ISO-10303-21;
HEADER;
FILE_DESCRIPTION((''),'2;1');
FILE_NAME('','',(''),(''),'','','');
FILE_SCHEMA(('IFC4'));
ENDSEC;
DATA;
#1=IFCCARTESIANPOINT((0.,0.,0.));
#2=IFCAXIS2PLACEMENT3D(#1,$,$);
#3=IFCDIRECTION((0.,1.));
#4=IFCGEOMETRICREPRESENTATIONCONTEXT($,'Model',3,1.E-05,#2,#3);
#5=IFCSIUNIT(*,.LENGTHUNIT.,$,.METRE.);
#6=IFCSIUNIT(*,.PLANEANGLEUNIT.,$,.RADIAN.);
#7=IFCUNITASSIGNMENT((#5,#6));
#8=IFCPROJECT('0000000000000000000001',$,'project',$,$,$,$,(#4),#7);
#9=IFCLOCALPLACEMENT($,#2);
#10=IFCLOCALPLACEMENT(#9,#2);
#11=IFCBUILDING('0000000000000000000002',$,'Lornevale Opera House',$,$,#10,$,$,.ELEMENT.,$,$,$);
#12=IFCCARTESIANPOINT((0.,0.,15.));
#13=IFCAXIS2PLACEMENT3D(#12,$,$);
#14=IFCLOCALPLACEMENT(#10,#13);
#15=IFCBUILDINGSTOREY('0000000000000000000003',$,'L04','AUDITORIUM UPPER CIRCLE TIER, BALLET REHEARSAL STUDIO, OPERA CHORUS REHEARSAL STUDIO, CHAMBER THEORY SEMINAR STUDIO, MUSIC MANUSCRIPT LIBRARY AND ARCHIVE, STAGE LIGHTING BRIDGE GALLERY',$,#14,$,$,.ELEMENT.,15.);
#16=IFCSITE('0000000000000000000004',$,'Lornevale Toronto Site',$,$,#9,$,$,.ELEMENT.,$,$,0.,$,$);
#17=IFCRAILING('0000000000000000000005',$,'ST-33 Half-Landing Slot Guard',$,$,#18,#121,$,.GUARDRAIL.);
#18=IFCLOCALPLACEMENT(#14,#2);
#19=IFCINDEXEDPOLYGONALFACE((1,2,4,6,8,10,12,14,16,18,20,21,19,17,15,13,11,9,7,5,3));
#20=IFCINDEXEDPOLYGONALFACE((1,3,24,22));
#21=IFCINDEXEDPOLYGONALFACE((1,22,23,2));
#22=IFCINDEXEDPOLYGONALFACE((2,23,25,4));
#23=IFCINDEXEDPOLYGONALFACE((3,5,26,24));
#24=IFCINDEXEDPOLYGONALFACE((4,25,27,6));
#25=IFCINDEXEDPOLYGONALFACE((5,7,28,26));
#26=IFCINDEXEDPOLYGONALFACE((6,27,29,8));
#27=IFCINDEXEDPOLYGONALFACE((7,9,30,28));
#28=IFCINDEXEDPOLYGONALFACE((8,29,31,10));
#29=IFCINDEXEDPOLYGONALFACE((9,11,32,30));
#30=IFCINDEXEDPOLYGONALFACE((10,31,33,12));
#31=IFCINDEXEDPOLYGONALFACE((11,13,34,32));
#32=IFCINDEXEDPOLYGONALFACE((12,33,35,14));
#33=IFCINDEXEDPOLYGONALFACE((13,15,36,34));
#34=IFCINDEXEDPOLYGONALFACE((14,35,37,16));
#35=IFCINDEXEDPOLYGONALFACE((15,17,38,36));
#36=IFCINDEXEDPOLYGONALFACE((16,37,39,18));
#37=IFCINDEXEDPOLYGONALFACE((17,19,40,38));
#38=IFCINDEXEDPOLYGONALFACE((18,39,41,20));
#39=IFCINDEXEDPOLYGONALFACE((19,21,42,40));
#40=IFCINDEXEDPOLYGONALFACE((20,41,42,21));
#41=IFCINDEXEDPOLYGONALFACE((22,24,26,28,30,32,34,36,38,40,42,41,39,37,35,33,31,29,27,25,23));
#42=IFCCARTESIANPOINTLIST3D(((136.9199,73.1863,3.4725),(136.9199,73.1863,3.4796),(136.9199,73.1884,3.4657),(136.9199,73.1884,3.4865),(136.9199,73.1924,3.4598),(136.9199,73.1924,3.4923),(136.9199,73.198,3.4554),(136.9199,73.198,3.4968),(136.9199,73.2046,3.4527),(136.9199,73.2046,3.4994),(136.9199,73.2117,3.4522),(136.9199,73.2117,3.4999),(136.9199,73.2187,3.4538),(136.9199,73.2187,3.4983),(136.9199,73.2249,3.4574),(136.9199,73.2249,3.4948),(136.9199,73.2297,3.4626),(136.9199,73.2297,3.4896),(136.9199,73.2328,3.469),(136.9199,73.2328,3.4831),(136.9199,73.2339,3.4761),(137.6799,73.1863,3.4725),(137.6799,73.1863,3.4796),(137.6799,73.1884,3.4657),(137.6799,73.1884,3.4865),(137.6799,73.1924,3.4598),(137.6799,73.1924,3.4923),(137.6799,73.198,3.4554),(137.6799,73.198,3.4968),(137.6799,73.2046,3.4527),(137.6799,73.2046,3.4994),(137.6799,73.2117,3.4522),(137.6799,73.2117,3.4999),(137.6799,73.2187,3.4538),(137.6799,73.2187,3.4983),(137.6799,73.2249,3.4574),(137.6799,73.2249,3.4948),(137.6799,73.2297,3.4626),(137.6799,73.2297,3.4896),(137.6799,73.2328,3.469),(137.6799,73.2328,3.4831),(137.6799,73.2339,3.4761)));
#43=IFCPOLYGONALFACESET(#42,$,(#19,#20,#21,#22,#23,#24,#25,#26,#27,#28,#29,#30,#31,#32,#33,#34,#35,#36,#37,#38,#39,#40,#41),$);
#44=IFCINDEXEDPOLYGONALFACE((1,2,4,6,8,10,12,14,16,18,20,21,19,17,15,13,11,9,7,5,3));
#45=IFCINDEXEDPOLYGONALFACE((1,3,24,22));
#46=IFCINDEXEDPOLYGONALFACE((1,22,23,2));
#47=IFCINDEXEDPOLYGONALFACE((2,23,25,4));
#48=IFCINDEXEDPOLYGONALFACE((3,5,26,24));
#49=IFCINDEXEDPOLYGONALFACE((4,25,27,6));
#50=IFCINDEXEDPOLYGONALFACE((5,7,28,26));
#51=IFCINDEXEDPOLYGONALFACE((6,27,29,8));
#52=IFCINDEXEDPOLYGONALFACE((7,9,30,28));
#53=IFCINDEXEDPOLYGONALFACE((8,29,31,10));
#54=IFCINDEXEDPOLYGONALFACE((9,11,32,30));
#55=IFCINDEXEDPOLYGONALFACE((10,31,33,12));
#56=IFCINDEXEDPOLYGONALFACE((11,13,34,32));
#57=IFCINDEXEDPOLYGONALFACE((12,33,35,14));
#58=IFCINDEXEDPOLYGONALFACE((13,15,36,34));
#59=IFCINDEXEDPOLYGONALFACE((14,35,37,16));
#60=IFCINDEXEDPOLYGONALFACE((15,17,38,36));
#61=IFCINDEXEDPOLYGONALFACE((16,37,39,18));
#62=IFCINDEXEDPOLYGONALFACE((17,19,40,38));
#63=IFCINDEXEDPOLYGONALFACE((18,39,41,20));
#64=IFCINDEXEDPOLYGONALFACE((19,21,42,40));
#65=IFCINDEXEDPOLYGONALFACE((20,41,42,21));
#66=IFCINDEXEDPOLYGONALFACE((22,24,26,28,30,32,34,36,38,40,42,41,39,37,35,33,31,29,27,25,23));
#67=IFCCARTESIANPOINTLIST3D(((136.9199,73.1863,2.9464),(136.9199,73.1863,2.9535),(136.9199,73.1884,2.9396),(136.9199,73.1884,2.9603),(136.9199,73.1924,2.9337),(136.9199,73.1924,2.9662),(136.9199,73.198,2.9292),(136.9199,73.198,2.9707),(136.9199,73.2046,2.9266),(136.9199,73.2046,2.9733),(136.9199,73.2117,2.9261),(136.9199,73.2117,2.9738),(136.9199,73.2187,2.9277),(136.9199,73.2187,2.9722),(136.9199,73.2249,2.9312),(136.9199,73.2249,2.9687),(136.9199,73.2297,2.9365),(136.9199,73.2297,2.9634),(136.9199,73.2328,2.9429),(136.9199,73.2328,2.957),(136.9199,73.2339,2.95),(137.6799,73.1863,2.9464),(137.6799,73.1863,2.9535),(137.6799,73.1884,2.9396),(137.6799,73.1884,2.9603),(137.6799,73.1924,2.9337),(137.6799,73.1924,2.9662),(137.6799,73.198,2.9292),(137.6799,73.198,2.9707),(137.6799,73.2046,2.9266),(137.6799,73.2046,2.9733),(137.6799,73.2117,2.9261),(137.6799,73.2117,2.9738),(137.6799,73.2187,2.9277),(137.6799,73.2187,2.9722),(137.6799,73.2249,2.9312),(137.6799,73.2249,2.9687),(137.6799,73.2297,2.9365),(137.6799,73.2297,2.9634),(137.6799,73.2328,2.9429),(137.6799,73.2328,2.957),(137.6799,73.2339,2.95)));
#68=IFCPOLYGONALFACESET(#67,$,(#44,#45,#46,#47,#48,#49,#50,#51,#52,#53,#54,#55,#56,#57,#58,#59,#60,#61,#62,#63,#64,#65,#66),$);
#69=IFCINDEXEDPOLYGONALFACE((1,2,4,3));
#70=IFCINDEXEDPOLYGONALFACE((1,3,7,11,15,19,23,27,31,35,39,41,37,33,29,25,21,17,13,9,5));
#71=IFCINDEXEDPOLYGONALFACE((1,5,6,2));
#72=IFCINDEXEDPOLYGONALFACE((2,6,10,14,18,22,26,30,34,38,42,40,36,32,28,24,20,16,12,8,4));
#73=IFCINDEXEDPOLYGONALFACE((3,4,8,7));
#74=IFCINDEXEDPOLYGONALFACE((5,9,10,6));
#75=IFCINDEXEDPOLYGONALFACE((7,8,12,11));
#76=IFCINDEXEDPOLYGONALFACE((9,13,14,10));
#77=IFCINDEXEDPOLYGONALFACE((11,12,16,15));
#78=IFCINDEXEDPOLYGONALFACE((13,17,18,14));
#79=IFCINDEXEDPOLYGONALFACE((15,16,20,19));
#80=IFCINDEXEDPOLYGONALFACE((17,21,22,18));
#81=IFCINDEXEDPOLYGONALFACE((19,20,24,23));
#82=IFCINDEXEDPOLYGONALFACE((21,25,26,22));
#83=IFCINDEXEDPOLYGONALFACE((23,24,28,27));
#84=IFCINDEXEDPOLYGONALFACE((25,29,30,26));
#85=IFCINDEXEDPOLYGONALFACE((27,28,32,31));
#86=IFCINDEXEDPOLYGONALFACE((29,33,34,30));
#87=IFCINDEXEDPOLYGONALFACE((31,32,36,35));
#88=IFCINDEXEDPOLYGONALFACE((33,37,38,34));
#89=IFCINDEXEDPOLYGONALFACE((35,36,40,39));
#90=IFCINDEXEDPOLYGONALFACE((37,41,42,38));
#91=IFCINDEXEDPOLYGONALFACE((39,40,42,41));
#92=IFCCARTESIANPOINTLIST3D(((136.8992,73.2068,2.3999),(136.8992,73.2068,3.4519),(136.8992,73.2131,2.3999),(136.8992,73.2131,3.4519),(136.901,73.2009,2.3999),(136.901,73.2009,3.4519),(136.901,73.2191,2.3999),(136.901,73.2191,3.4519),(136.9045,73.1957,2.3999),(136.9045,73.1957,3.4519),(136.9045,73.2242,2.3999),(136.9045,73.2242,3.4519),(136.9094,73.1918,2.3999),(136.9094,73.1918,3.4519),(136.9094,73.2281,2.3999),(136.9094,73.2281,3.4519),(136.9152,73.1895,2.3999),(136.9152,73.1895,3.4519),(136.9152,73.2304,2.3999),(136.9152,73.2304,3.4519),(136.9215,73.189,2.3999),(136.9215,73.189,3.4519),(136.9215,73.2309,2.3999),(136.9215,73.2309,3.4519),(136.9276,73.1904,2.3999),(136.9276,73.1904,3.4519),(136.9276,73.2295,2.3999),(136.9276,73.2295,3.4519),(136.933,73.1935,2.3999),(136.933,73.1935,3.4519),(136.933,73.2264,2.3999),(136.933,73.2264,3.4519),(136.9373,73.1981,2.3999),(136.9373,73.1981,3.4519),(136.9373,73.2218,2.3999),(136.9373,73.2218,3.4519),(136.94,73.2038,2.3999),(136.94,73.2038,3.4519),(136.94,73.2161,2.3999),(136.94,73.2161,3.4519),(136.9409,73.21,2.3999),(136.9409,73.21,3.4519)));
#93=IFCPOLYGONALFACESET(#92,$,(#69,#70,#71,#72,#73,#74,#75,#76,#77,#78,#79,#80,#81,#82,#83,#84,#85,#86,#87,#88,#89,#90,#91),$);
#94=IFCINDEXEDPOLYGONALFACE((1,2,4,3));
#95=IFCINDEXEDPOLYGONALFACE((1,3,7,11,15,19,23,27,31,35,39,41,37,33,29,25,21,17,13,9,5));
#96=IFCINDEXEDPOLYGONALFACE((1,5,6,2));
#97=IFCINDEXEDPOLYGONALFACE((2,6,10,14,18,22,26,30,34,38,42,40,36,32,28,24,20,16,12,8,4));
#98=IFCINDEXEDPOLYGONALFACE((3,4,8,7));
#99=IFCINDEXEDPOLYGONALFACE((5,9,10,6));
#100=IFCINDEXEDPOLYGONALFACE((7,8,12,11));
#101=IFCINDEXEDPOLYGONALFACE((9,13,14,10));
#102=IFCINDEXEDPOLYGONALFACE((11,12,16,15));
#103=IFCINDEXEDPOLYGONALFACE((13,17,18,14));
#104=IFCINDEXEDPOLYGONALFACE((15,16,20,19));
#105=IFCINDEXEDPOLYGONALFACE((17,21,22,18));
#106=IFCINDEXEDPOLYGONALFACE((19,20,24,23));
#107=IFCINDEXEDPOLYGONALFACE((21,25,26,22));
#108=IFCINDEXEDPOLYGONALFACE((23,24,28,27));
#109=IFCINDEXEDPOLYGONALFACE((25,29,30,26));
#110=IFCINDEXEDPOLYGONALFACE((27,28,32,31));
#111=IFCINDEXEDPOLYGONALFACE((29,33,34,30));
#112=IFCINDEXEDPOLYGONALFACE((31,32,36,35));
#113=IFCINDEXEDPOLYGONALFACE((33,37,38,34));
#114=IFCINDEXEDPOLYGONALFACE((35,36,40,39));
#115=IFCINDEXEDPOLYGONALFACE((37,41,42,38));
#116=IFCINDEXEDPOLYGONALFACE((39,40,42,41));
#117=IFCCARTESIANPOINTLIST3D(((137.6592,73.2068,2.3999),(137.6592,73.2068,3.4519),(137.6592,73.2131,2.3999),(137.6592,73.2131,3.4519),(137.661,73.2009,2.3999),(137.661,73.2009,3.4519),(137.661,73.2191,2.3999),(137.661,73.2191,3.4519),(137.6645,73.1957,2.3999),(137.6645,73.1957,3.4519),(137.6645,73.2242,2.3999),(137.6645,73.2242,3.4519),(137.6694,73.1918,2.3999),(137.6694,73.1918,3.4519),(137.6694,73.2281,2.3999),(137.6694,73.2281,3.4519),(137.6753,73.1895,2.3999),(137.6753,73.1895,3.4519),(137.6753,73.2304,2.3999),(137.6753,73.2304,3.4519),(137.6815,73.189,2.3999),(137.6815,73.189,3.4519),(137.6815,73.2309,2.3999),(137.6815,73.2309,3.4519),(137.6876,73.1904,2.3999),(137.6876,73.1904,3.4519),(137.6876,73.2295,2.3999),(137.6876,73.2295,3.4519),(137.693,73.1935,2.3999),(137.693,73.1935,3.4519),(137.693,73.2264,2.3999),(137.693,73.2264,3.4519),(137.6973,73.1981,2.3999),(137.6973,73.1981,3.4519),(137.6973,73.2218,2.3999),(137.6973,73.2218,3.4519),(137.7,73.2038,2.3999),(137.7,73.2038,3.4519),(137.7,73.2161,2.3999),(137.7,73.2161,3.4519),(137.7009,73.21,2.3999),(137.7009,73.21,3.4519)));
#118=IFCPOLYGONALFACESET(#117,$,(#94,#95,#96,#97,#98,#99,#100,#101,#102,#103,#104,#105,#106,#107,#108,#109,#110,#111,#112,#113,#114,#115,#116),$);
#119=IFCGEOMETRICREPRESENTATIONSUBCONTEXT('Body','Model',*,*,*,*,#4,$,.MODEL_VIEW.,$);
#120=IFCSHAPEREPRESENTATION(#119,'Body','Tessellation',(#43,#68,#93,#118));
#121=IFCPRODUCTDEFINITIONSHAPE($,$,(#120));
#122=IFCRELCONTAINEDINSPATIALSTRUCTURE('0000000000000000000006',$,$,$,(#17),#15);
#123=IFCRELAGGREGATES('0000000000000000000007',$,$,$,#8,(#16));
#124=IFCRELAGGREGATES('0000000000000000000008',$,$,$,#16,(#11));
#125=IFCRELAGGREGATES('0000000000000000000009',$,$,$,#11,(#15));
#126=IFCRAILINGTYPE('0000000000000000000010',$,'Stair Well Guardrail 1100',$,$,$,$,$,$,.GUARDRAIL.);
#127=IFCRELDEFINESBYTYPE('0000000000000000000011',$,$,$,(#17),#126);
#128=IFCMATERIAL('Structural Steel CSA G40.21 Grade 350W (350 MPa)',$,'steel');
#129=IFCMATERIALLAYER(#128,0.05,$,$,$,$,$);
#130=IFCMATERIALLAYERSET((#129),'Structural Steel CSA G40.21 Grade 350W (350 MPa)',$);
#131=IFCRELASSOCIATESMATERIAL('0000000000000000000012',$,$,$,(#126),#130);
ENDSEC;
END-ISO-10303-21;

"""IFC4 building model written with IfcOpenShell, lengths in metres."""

from ifc_helpers import new_model, si_unit, direction, frame, origin, origin_2d, place, context, subcontext, project, spatial, circle, extrude, material, layer, layer_set, type_object, element, save


model = new_model("IFC4")

# Units and contexts
model_context = context("Model", 3, precision=1e-05, world=origin(), true_north=direction((0.0, 1.0)))
body_context = subcontext(model_context, "Body", "Model", "MODEL_VIEW")
ifc_project = project(units=[si_unit("LENGTHUNIT", "METRE"), si_unit("PLANEANGLEUNIT", "RADIAN")], contexts=[model_context])

# Site, building, storey
site_placement = place(None, origin())
site = spatial("IfcSite", under=ifc_project, at=site_placement, Name="Lornevale Toronto Site", CompositionType="ELEMENT", RefElevation=0.0)
building_placement = place(site_placement, origin())
building = spatial("IfcBuilding", under=site, at=building_placement, Name="Lornevale Opera House", CompositionType="ELEMENT")
storey_placement = place(building_placement, frame((0.0, 0.0, 15.0)))
storey = spatial("IfcBuildingStorey", under=building, at=storey_placement, Name="L04", Description="AUDITORIUM UPPER CIRCLE TIER, BALLET REHEARSAL STUDIO, OPERA CHORUS REHEARSAL STUDIO, CHAMBER THEORY SEMINAR STUDIO, MUSIC MANUSCRIPT LIBRARY AND ARCHIVE, STAGE LIGHTING BRIDGE GALLERY", CompositionType="ELEMENT", Elevation=15.0)

# Shared definitions
ifc_material_1 = material(Name="Structural Steel CSA G40.21 Grade 350W (350 MPa)", Category="steel")

# Railing
ifc_layer_1 = layer(ifc_material_1, 0.05)
ifc_layer_set_1 = layer_set([ifc_layer_1], Name="Structural Steel CSA G40.21 Grade 350W (350 MPa)")
railing_type_1 = type_object("IfcRailingType", Name="Stair Well Guardrail 1100", PredefinedType="GUARDRAIL", material=ifc_layer_set_1)
railing_1_placement = place(storey_placement, frame((136.9199, 73.21, 2.3999)))
element("IfcRailing", 1, at=railing_1_placement, inside=storey, type_object=railing_type_1, Name="ST-33 Half-Landing Slot Guard", PredefinedType="GUARDRAIL", context=body_context, shape_type="SweptSolid", body=[
    extrude(circle(Radius=0.0239, at=origin_2d()), frame((0.0, 0.0, 1.0762), z_axis=(1.0, 0.0, 0.0), x_axis=(0.0, 1.0, 0.0)), (0.0, 0.0, 1.0), 0.76),
    extrude(circle(Radius=0.0239, at=origin_2d()), frame((0.0, 0.0, 0.55), z_axis=(1.0, 0.0, 0.0), x_axis=(0.0, 1.0, 0.0)), (0.0, 0.0, 1.0), 0.76),
    extrude(circle(Radius=0.021, at=origin_2d()), origin(), (0.0, 0.0, 1.0), 1.052),
    extrude(circle(Radius=0.021, at=origin_2d()), frame((0.76, 0.0, 0.0)), (0.0, 0.0, 1.0), 1.052),
])

save(model, "model.ifc")
